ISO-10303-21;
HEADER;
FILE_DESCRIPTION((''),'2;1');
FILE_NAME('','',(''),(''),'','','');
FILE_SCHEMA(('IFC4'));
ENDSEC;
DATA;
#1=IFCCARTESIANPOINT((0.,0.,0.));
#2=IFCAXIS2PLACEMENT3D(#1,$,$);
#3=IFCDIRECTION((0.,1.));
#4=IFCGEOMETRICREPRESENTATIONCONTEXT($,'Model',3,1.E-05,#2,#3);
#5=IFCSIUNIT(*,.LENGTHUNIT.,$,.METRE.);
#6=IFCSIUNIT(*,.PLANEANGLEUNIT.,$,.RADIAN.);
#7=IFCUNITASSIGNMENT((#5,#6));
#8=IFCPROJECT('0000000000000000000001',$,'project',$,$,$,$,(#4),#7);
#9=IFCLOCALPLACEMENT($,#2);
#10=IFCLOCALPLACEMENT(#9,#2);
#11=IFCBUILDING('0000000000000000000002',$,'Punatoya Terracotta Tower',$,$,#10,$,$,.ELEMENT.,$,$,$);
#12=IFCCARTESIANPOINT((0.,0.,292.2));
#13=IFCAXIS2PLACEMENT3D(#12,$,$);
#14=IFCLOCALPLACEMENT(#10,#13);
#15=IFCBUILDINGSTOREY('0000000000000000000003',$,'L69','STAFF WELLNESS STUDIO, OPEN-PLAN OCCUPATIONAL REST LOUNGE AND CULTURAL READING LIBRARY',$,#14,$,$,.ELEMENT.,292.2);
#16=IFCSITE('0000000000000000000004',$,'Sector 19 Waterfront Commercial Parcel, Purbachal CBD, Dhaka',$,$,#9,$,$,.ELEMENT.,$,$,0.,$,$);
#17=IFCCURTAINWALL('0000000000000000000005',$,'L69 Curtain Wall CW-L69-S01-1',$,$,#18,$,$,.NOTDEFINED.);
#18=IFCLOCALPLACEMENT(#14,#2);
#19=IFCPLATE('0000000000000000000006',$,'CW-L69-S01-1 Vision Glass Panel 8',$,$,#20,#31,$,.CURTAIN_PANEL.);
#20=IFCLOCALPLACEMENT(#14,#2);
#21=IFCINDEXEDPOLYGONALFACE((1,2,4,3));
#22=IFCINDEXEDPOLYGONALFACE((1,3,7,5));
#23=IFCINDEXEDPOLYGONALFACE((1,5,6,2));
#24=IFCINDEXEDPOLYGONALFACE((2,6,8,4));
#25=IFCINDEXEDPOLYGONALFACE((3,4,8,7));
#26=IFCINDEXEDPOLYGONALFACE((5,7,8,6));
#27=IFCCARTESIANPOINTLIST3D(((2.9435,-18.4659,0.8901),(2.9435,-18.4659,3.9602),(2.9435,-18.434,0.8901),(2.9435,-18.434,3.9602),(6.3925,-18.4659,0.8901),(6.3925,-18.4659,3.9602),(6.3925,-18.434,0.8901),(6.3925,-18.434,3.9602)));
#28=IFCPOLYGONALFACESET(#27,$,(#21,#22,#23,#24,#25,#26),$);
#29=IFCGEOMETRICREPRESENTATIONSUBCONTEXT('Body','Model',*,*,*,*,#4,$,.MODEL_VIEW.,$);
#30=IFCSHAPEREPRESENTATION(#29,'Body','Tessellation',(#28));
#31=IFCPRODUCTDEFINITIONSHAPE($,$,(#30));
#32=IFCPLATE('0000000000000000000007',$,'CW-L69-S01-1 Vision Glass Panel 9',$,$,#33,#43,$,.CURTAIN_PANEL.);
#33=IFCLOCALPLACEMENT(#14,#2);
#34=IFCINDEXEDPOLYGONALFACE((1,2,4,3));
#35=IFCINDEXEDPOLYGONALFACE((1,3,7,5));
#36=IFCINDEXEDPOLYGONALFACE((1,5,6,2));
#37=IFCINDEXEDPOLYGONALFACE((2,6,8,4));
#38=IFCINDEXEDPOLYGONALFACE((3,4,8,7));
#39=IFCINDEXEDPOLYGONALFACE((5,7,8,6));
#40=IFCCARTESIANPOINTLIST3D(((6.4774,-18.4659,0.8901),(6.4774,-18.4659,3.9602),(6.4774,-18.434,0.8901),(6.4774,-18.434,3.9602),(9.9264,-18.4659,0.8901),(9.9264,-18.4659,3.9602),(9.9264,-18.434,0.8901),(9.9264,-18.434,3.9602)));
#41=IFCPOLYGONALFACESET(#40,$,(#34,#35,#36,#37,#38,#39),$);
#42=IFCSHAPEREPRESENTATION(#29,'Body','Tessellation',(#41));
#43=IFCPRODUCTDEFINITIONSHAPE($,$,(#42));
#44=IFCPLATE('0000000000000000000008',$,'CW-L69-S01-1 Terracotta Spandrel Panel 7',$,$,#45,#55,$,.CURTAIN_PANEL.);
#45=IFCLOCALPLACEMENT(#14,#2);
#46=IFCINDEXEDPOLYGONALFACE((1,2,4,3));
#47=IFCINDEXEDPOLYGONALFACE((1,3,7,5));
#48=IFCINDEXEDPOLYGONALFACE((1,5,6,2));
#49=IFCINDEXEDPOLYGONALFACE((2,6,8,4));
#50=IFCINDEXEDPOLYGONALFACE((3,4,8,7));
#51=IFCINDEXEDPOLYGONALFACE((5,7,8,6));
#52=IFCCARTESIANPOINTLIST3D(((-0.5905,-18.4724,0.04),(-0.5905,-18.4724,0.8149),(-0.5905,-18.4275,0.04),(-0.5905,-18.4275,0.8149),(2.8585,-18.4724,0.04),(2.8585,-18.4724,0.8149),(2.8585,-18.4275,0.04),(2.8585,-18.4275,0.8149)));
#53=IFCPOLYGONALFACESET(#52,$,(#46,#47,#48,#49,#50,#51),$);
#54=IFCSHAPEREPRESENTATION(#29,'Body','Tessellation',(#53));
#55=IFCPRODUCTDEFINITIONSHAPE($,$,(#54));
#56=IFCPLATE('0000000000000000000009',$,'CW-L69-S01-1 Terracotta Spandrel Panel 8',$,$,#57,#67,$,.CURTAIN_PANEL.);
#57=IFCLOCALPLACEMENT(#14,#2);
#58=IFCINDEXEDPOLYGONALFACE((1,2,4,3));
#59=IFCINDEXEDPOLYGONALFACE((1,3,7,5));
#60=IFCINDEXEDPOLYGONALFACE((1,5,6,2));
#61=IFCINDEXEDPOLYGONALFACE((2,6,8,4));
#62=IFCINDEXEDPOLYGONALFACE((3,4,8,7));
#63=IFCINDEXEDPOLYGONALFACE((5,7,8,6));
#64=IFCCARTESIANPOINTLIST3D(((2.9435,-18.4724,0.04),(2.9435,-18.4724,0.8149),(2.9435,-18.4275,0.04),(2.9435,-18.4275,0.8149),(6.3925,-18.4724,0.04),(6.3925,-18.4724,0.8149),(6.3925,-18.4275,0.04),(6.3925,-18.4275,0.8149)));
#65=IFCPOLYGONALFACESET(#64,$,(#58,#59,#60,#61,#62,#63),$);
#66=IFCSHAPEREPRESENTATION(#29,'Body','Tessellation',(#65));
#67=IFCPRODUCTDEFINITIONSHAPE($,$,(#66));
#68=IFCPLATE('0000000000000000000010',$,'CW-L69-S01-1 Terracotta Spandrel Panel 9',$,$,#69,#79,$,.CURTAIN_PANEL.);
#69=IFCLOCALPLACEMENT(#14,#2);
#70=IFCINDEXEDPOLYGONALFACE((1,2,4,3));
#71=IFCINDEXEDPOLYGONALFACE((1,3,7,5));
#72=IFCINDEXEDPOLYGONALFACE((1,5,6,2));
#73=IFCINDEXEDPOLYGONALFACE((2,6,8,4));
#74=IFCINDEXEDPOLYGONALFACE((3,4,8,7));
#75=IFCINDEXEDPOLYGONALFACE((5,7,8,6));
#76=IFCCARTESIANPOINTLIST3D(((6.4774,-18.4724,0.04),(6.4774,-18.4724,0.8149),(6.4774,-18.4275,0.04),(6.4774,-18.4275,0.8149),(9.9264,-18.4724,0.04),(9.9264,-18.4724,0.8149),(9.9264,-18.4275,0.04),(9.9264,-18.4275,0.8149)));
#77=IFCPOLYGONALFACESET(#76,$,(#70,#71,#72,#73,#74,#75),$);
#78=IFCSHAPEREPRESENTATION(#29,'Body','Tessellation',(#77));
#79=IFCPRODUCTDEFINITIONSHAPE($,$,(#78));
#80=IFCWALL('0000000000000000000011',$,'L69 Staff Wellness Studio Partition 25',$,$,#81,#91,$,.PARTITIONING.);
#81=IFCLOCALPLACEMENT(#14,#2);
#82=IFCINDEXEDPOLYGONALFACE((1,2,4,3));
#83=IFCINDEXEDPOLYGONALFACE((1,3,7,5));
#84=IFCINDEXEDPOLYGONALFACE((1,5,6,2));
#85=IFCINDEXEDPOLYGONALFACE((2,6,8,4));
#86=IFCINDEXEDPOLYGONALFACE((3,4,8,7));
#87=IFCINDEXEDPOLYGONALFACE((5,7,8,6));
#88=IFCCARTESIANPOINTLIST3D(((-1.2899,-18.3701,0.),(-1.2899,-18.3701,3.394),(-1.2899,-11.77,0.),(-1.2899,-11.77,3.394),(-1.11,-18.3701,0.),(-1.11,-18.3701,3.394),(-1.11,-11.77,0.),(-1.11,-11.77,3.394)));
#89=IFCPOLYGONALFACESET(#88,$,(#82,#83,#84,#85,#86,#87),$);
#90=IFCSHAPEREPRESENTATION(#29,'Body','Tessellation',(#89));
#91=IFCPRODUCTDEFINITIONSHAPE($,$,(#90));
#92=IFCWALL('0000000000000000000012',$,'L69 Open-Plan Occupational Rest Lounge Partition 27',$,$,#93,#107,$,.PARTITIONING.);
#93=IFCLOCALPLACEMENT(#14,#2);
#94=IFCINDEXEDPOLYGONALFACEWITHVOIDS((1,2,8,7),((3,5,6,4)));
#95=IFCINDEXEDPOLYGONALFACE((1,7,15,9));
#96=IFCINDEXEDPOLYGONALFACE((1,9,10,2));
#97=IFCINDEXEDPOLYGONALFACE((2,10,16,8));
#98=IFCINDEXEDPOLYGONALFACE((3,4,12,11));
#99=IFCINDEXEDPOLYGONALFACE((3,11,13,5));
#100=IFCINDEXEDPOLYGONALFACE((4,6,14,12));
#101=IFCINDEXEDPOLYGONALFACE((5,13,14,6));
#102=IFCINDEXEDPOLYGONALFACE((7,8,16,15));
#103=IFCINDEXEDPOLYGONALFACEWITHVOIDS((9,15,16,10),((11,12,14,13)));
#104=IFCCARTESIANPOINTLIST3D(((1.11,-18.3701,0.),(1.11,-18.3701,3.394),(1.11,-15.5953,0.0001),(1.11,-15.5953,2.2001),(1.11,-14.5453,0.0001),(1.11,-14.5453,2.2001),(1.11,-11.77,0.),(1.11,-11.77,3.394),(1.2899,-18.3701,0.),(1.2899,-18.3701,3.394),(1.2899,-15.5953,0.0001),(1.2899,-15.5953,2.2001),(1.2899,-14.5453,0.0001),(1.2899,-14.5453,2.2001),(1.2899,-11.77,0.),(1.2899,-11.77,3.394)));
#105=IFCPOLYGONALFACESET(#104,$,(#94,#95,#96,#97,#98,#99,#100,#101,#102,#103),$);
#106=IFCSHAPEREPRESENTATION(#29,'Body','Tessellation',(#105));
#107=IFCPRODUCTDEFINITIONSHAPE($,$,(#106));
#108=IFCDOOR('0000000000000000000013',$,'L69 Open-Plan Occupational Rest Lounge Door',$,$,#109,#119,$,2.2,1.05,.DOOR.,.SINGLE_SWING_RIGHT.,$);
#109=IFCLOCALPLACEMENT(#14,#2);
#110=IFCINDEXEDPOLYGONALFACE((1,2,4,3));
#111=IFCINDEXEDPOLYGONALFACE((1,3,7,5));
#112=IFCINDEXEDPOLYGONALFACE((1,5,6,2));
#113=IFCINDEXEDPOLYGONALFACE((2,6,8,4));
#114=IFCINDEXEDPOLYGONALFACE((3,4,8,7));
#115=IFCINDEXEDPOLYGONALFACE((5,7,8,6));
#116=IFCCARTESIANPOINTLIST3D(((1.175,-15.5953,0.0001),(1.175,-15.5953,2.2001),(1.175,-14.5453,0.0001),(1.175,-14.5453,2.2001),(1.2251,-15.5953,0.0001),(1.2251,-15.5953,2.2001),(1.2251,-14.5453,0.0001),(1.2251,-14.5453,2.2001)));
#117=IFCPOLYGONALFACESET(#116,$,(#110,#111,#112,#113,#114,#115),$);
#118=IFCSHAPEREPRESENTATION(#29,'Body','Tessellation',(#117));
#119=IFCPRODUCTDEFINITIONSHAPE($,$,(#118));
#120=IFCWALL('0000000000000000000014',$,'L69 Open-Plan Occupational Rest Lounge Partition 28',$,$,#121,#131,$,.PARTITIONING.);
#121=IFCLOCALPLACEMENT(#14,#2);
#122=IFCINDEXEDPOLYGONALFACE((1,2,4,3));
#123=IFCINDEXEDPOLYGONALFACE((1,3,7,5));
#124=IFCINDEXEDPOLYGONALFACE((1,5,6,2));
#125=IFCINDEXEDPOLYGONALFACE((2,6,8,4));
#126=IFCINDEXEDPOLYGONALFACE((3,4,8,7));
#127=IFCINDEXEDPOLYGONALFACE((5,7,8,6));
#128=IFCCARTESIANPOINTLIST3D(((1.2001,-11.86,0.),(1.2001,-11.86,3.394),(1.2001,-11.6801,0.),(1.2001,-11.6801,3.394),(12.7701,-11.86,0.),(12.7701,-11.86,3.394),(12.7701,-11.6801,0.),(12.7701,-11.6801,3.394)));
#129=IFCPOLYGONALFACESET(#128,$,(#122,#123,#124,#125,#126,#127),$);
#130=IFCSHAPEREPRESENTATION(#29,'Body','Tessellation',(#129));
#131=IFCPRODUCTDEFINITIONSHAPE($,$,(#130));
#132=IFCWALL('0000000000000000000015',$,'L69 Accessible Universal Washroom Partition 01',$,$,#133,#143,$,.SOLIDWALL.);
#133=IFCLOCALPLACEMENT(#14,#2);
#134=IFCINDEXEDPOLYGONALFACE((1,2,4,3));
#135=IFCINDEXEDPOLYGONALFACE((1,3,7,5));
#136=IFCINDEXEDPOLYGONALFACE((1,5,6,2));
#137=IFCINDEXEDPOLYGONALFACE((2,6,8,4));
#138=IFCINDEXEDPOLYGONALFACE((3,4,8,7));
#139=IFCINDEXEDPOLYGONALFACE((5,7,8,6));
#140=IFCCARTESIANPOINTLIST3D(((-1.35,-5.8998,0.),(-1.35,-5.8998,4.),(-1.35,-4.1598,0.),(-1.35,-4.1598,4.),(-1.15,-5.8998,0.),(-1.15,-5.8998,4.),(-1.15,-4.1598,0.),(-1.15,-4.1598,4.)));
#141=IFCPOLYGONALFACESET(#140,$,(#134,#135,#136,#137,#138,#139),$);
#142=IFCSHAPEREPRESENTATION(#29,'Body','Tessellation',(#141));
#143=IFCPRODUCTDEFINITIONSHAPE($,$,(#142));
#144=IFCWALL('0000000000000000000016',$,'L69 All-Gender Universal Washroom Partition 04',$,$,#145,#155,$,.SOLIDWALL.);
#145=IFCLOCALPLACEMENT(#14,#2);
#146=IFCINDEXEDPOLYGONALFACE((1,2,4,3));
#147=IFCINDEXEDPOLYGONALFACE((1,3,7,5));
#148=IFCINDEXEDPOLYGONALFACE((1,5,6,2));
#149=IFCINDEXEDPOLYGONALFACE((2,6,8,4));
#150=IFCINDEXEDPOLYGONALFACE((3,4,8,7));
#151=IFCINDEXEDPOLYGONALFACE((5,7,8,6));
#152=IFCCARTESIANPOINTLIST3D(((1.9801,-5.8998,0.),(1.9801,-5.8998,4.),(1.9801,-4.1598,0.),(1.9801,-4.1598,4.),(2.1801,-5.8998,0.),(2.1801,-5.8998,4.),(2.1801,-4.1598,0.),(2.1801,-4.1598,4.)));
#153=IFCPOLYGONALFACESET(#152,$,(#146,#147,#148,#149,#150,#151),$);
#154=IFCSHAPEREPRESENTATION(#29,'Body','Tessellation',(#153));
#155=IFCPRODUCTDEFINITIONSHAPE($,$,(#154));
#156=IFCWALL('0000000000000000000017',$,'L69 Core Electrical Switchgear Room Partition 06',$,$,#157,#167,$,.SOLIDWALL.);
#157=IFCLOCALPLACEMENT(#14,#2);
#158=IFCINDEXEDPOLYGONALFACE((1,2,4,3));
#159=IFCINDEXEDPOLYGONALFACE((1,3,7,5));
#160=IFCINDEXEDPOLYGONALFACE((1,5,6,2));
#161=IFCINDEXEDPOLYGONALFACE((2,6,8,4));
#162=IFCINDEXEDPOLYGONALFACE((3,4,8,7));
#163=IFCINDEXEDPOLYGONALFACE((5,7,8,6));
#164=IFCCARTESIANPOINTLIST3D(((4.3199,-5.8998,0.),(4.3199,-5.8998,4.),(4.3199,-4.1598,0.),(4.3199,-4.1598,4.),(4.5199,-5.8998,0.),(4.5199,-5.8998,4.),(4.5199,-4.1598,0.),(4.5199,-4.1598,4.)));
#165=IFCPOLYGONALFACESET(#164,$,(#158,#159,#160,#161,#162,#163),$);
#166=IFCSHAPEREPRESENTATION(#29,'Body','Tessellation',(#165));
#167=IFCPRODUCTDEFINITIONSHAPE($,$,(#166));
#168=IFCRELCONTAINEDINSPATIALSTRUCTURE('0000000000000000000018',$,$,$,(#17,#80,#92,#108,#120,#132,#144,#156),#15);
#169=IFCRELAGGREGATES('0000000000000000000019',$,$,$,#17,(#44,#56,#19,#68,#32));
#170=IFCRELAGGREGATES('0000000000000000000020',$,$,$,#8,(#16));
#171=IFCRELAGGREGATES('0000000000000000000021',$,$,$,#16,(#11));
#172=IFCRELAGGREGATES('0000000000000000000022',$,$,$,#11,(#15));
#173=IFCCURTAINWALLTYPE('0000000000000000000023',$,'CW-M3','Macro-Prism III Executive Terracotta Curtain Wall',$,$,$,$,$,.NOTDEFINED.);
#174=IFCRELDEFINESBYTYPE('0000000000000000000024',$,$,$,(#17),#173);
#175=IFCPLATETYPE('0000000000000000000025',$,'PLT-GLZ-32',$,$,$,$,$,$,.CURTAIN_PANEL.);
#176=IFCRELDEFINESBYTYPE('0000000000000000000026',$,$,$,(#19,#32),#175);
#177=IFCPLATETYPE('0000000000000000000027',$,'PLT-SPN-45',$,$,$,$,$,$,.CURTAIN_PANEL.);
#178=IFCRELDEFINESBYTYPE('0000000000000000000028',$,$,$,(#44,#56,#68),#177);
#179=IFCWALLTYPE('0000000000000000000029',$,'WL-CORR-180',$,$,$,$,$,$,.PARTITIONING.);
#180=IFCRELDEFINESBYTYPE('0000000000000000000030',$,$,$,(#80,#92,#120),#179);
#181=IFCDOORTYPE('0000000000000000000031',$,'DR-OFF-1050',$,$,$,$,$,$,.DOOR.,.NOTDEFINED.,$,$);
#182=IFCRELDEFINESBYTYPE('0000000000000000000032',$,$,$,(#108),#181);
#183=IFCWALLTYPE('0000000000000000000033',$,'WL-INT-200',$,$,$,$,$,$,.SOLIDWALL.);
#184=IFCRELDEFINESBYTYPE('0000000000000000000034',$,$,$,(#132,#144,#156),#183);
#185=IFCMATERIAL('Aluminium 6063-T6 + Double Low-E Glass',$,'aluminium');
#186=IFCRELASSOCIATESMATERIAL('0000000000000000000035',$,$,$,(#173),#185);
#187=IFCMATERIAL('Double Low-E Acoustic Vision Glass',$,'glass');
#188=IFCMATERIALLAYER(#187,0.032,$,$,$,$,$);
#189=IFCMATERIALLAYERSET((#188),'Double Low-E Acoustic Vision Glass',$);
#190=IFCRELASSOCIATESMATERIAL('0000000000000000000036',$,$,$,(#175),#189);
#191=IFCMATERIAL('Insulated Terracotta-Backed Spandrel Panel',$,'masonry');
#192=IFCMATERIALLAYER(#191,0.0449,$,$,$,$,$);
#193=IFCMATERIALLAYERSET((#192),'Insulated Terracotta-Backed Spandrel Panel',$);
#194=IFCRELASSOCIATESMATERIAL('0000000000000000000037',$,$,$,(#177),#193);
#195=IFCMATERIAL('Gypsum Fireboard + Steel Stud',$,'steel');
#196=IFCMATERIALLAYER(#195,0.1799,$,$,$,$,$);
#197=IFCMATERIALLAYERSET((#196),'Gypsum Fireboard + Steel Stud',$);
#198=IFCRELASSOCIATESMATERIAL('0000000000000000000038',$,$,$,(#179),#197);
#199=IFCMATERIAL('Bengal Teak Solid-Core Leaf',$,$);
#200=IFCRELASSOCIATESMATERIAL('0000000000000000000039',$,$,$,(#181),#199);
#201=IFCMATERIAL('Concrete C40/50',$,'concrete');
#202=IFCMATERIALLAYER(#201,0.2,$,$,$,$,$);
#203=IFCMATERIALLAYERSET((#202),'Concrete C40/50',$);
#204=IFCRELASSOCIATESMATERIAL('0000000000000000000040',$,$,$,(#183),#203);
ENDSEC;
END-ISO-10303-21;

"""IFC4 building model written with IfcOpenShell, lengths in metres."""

from ifc_helpers import new_model, si_unit, direction, frame, frame_2d, origin, origin_2d, place, context, subcontext, project, spatial, rectangle, extrude, material, layer, layer_set, type_object, element, fill, aggregate, save


model = new_model("IFC4")

# Units and contexts
model_context = context("Model", 3, precision=1e-05, world=origin(), true_north=direction((0.0, 1.0)))
body_context = subcontext(model_context, "Body", "Model", "MODEL_VIEW")
ifc_project = project(units=[si_unit("LENGTHUNIT", "METRE"), si_unit("PLANEANGLEUNIT", "RADIAN")], contexts=[model_context])

# Site, building, storey
site_placement = place(None, origin())
site = spatial("IfcSite", under=ifc_project, at=site_placement, Name="Sector 19 Waterfront Commercial Parcel, Purbachal CBD, Dhaka", CompositionType="ELEMENT", RefElevation=0.0)
building_placement = place(site_placement, origin())
building = spatial("IfcBuilding", under=site, at=building_placement, Name="Punatoya Terracotta Tower", CompositionType="ELEMENT")
storey_placement = place(building_placement, frame((0.0, 0.0, 292.2)))
storey = spatial("IfcBuildingStorey", under=building, at=storey_placement, Name="L69", Description="STAFF WELLNESS STUDIO, OPEN-PLAN OCCUPATIONAL REST LOUNGE AND CULTURAL READING LIBRARY", CompositionType="ELEMENT", Elevation=292.2)

# Curtain wall, plates
ifc_material_1 = material(Name="Aluminium 6063-T6 + Double Low-E Glass", Category="aluminium")
curtain_wall_type = type_object("IfcCurtainWallType", Name="CW-M3", Description="Macro-Prism III Executive Terracotta Curtain Wall", PredefinedType="NOTDEFINED", material=ifc_material_1)
curtain_wall_placement = place(storey_placement, origin())
curtain_wall = element("IfcCurtainWall", 1, at=curtain_wall_placement, inside=storey, type_object=curtain_wall_type, Name="L69 Curtain Wall CW-L69-S01-1", PredefinedType="NOTDEFINED")
ifc_material_2 = material(Name="Double Low-E Acoustic Vision Glass", Category="glass")
ifc_layer_1 = layer(ifc_material_2, 0.032)
ifc_layer_set_1 = layer_set([ifc_layer_1], Name="Double Low-E Acoustic Vision Glass")
plate_type_1 = type_object("IfcPlateType", Name="PLT-GLZ-32", PredefinedType="CURTAIN_PANEL", material=ifc_layer_set_1)
plate_1_placement = place(storey_placement, frame((4.668, -18.45, 0.8901), z_axis=(0.0, 0.0, 1.0), x_axis=(1.0, 0.0, 0.0)))
plate_1 = element("IfcPlate", 2, at=plate_1_placement, type_object=plate_type_1, Name="CW-L69-S01-1 Vision Glass Panel 8", PredefinedType="CURTAIN_PANEL", context=body_context, shape_type="SweptSolid", body=[
    extrude(rectangle(XDim=3.449, YDim=0.032, at=origin_2d()), origin(), (0.0, 0.0, 1.0), 3.0701),
])
plate_2_placement = place(storey_placement, frame((8.2019, -18.45, 0.8901), z_axis=(0.0, 0.0, 1.0), x_axis=(1.0, 0.0, 0.0)))
plate_2 = element("IfcPlate", 3, at=plate_2_placement, type_object=plate_type_1, Name="CW-L69-S01-1 Vision Glass Panel 9", PredefinedType="CURTAIN_PANEL", context=body_context, shape_type="SweptSolid", body=[
    extrude(rectangle(XDim=3.449, YDim=0.032, at=origin_2d()), origin(), (0.0, 0.0, 1.0), 3.0701),
])
ifc_material_3 = material(Name="Insulated Terracotta-Backed Spandrel Panel", Category="masonry")
ifc_layer_2 = layer(ifc_material_3, 0.0449)
ifc_layer_set_2 = layer_set([ifc_layer_2], Name="Insulated Terracotta-Backed Spandrel Panel")
plate_type_2 = type_object("IfcPlateType", Name="PLT-SPN-45", PredefinedType="CURTAIN_PANEL", material=ifc_layer_set_2)
plate_3_placement = place(storey_placement, frame((1.134, -18.45, 0.04), z_axis=(0.0, 0.0, 1.0), x_axis=(1.0, 0.0, 0.0)))
plate_3 = element("IfcPlate", 4, at=plate_3_placement, type_object=plate_type_2, Name="CW-L69-S01-1 Terracotta Spandrel Panel 7", PredefinedType="CURTAIN_PANEL", context=body_context, shape_type="SweptSolid", body=[
    extrude(rectangle(XDim=3.449, YDim=0.0449, at=origin_2d()), origin(), (0.0, 0.0, 1.0), 0.7749),
])
plate_4_placement = place(storey_placement, frame((4.668, -18.45, 0.04), z_axis=(0.0, 0.0, 1.0), x_axis=(1.0, 0.0, 0.0)))
plate_4 = element("IfcPlate", 5, at=plate_4_placement, type_object=plate_type_2, Name="CW-L69-S01-1 Terracotta Spandrel Panel 8", PredefinedType="CURTAIN_PANEL", context=body_context, shape_type="SweptSolid", body=[
    extrude(rectangle(XDim=3.449, YDim=0.0449, at=origin_2d()), origin(), (0.0, 0.0, 1.0), 0.7749),
])
plate_5_placement = place(storey_placement, frame((8.2019, -18.45, 0.04), z_axis=(0.0, 0.0, 1.0), x_axis=(1.0, 0.0, 0.0)))
plate_5 = element("IfcPlate", 6, at=plate_5_placement, type_object=plate_type_2, Name="CW-L69-S01-1 Terracotta Spandrel Panel 9", PredefinedType="CURTAIN_PANEL", context=body_context, shape_type="SweptSolid", body=[
    extrude(rectangle(XDim=3.449, YDim=0.0449, at=origin_2d()), origin(), (0.0, 0.0, 1.0), 0.7749),
])
aggregate(curtain_wall, [plate_3, plate_4, plate_1, plate_5, plate_2])

# Wall
ifc_material_4 = material(Name="Gypsum Fireboard + Steel Stud", Category="steel")
ifc_layer_3 = layer(ifc_material_4, 0.1799)
ifc_layer_set_3 = layer_set([ifc_layer_3], Name="Gypsum Fireboard + Steel Stud")
wall_type_1 = type_object("IfcWallType", Name="WL-CORR-180", PredefinedType="PARTITIONING", material=ifc_layer_set_3)
wall_1_placement = place(storey_placement, frame((-1.2, -11.77, 0.0), z_axis=(0.0, 0.0, 1.0), x_axis=(0.0, -1.0, 0.0)))
element("IfcWall", 7, at=wall_1_placement, inside=storey, type_object=wall_type_1, Name="L69 Staff Wellness Studio Partition 25", PredefinedType="PARTITIONING", context=body_context, shape_type="SweptSolid", body=[
    extrude(rectangle(XDim=6.6001, YDim=0.1799, at=frame_2d((3.3, 0.0))), origin(), (0.0, 0.0, 1.0), 3.394),
])

# Wall, opening, door
wall_2_placement = place(storey_placement, frame((1.2, -18.3701, 0.0), z_axis=(0.0, 0.0, 1.0), x_axis=(0.0, 1.0, 0.0)))
wall_2 = element("IfcWall", 8, at=wall_2_placement, inside=storey, type_object=wall_type_1, Name="L69 Open-Plan Occupational Rest Lounge Partition 27", PredefinedType="PARTITIONING", context=body_context, shape_type="SweptSolid", body=[
    extrude(rectangle(XDim=6.6001, YDim=0.1799, at=frame_2d((3.3, 0.0))), origin(), (0.0, 0.0, 1.0), 3.394),
])
opening_1_placement = place(wall_2_placement, frame((2.7749, 0.0, 0.0)))
opening_1 = element("IfcOpeningElement", 9, at=opening_1_placement, cuts=wall_2, PredefinedType="OPENING", context=body_context, shape_type="SweptSolid", body=[
    extrude(rectangle(XDim=1.05, YDim=2.2, at=frame_2d((0.5249, 1.1001))), frame((0.0, 0.0999, 0.0), z_axis=(0.0, -1.0, 0.0), x_axis=(1.0, 0.0, 0.0)), (0.0, 0.0, 1.0), 0.2),
])
ifc_material_5 = material(Name="Bengal Teak Solid-Core Leaf")
door_type_1 = type_object("IfcDoorType", Name="DR-OFF-1050", OperationType="NOTDEFINED", PredefinedType="DOOR", material=ifc_material_5)
door_1_placement = place(opening_1_placement, origin())
door_1 = element("IfcDoor", 10, at=door_1_placement, inside=storey, type_object=door_type_1, Name="L69 Open-Plan Occupational Rest Lounge Door", OperationType="SINGLE_SWING_RIGHT", OverallHeight=2.2, OverallWidth=1.05, PredefinedType="DOOR", context=body_context, shape_type="SweptSolid", body=[
    extrude(rectangle(XDim=1.05, YDim=2.2, at=frame_2d((0.5249, 1.1001))), frame((0.0, 0.0249, 0.0), z_axis=(0.0, -1.0, 0.0), x_axis=(1.0, 0.0, 0.0)), (0.0, 0.0, 1.0), 0.05),
])
fill(opening_1, door_1)

# Walls
wall_3_placement = place(storey_placement, frame((1.2, -11.77, 0.0), z_axis=(0.0, 0.0, 1.0), x_axis=(1.0, 0.0, 0.0)))
element("IfcWall", 11, at=wall_3_placement, inside=storey, type_object=wall_type_1, Name="L69 Open-Plan Occupational Rest Lounge Partition 28", PredefinedType="PARTITIONING", context=body_context, shape_type="SweptSolid", body=[
    extrude(rectangle(XDim=11.5701, YDim=0.1799, at=frame_2d((5.7852, 0.0))), origin(), (0.0, 0.0, 1.0), 3.394),
])
ifc_material_6 = material(Name="Concrete C40/50", Category="concrete")
ifc_layer_4 = layer(ifc_material_6, 0.2)
ifc_layer_set_4 = layer_set([ifc_layer_4], Name="Concrete C40/50")
wall_type_2 = type_object("IfcWallType", Name="WL-INT-200", PredefinedType="SOLIDWALL", material=ifc_layer_set_4)
for number, where, z_axis, x_axis, name in (
    (12, (-1.25, -5.8999, 0.0), (0.0, 0.0, 1.0), (0.0, 1.0, 0.0), "L69 Accessible Universal Washroom Partition 01"),
    (13, (2.0801, -5.8999, 0.0), (0.0, 0.0, 1.0), (0.0, 1.0, 0.0), "L69 All-Gender Universal Washroom Partition 04"),
    (14, (4.4199, -5.8999, 0.0), (0.0, 0.0, 1.0), (0.0, 1.0, 0.0), "L69 Core Electrical Switchgear Room Partition 06"),
):
    element("IfcWall", number, at=place(storey_placement, frame(where, z_axis=z_axis, x_axis=x_axis)), inside=storey, type_object=wall_type_2, Name=name, PredefinedType="SOLIDWALL", context=body_context, shape_type="SweptSolid", body=[
        extrude(rectangle(XDim=1.74, YDim=0.2, at=frame_2d((0.8701, 0.0))), origin(), (0.0, 0.0, 1.0), 4.0),
    ])

save(model, "model.ifc")
